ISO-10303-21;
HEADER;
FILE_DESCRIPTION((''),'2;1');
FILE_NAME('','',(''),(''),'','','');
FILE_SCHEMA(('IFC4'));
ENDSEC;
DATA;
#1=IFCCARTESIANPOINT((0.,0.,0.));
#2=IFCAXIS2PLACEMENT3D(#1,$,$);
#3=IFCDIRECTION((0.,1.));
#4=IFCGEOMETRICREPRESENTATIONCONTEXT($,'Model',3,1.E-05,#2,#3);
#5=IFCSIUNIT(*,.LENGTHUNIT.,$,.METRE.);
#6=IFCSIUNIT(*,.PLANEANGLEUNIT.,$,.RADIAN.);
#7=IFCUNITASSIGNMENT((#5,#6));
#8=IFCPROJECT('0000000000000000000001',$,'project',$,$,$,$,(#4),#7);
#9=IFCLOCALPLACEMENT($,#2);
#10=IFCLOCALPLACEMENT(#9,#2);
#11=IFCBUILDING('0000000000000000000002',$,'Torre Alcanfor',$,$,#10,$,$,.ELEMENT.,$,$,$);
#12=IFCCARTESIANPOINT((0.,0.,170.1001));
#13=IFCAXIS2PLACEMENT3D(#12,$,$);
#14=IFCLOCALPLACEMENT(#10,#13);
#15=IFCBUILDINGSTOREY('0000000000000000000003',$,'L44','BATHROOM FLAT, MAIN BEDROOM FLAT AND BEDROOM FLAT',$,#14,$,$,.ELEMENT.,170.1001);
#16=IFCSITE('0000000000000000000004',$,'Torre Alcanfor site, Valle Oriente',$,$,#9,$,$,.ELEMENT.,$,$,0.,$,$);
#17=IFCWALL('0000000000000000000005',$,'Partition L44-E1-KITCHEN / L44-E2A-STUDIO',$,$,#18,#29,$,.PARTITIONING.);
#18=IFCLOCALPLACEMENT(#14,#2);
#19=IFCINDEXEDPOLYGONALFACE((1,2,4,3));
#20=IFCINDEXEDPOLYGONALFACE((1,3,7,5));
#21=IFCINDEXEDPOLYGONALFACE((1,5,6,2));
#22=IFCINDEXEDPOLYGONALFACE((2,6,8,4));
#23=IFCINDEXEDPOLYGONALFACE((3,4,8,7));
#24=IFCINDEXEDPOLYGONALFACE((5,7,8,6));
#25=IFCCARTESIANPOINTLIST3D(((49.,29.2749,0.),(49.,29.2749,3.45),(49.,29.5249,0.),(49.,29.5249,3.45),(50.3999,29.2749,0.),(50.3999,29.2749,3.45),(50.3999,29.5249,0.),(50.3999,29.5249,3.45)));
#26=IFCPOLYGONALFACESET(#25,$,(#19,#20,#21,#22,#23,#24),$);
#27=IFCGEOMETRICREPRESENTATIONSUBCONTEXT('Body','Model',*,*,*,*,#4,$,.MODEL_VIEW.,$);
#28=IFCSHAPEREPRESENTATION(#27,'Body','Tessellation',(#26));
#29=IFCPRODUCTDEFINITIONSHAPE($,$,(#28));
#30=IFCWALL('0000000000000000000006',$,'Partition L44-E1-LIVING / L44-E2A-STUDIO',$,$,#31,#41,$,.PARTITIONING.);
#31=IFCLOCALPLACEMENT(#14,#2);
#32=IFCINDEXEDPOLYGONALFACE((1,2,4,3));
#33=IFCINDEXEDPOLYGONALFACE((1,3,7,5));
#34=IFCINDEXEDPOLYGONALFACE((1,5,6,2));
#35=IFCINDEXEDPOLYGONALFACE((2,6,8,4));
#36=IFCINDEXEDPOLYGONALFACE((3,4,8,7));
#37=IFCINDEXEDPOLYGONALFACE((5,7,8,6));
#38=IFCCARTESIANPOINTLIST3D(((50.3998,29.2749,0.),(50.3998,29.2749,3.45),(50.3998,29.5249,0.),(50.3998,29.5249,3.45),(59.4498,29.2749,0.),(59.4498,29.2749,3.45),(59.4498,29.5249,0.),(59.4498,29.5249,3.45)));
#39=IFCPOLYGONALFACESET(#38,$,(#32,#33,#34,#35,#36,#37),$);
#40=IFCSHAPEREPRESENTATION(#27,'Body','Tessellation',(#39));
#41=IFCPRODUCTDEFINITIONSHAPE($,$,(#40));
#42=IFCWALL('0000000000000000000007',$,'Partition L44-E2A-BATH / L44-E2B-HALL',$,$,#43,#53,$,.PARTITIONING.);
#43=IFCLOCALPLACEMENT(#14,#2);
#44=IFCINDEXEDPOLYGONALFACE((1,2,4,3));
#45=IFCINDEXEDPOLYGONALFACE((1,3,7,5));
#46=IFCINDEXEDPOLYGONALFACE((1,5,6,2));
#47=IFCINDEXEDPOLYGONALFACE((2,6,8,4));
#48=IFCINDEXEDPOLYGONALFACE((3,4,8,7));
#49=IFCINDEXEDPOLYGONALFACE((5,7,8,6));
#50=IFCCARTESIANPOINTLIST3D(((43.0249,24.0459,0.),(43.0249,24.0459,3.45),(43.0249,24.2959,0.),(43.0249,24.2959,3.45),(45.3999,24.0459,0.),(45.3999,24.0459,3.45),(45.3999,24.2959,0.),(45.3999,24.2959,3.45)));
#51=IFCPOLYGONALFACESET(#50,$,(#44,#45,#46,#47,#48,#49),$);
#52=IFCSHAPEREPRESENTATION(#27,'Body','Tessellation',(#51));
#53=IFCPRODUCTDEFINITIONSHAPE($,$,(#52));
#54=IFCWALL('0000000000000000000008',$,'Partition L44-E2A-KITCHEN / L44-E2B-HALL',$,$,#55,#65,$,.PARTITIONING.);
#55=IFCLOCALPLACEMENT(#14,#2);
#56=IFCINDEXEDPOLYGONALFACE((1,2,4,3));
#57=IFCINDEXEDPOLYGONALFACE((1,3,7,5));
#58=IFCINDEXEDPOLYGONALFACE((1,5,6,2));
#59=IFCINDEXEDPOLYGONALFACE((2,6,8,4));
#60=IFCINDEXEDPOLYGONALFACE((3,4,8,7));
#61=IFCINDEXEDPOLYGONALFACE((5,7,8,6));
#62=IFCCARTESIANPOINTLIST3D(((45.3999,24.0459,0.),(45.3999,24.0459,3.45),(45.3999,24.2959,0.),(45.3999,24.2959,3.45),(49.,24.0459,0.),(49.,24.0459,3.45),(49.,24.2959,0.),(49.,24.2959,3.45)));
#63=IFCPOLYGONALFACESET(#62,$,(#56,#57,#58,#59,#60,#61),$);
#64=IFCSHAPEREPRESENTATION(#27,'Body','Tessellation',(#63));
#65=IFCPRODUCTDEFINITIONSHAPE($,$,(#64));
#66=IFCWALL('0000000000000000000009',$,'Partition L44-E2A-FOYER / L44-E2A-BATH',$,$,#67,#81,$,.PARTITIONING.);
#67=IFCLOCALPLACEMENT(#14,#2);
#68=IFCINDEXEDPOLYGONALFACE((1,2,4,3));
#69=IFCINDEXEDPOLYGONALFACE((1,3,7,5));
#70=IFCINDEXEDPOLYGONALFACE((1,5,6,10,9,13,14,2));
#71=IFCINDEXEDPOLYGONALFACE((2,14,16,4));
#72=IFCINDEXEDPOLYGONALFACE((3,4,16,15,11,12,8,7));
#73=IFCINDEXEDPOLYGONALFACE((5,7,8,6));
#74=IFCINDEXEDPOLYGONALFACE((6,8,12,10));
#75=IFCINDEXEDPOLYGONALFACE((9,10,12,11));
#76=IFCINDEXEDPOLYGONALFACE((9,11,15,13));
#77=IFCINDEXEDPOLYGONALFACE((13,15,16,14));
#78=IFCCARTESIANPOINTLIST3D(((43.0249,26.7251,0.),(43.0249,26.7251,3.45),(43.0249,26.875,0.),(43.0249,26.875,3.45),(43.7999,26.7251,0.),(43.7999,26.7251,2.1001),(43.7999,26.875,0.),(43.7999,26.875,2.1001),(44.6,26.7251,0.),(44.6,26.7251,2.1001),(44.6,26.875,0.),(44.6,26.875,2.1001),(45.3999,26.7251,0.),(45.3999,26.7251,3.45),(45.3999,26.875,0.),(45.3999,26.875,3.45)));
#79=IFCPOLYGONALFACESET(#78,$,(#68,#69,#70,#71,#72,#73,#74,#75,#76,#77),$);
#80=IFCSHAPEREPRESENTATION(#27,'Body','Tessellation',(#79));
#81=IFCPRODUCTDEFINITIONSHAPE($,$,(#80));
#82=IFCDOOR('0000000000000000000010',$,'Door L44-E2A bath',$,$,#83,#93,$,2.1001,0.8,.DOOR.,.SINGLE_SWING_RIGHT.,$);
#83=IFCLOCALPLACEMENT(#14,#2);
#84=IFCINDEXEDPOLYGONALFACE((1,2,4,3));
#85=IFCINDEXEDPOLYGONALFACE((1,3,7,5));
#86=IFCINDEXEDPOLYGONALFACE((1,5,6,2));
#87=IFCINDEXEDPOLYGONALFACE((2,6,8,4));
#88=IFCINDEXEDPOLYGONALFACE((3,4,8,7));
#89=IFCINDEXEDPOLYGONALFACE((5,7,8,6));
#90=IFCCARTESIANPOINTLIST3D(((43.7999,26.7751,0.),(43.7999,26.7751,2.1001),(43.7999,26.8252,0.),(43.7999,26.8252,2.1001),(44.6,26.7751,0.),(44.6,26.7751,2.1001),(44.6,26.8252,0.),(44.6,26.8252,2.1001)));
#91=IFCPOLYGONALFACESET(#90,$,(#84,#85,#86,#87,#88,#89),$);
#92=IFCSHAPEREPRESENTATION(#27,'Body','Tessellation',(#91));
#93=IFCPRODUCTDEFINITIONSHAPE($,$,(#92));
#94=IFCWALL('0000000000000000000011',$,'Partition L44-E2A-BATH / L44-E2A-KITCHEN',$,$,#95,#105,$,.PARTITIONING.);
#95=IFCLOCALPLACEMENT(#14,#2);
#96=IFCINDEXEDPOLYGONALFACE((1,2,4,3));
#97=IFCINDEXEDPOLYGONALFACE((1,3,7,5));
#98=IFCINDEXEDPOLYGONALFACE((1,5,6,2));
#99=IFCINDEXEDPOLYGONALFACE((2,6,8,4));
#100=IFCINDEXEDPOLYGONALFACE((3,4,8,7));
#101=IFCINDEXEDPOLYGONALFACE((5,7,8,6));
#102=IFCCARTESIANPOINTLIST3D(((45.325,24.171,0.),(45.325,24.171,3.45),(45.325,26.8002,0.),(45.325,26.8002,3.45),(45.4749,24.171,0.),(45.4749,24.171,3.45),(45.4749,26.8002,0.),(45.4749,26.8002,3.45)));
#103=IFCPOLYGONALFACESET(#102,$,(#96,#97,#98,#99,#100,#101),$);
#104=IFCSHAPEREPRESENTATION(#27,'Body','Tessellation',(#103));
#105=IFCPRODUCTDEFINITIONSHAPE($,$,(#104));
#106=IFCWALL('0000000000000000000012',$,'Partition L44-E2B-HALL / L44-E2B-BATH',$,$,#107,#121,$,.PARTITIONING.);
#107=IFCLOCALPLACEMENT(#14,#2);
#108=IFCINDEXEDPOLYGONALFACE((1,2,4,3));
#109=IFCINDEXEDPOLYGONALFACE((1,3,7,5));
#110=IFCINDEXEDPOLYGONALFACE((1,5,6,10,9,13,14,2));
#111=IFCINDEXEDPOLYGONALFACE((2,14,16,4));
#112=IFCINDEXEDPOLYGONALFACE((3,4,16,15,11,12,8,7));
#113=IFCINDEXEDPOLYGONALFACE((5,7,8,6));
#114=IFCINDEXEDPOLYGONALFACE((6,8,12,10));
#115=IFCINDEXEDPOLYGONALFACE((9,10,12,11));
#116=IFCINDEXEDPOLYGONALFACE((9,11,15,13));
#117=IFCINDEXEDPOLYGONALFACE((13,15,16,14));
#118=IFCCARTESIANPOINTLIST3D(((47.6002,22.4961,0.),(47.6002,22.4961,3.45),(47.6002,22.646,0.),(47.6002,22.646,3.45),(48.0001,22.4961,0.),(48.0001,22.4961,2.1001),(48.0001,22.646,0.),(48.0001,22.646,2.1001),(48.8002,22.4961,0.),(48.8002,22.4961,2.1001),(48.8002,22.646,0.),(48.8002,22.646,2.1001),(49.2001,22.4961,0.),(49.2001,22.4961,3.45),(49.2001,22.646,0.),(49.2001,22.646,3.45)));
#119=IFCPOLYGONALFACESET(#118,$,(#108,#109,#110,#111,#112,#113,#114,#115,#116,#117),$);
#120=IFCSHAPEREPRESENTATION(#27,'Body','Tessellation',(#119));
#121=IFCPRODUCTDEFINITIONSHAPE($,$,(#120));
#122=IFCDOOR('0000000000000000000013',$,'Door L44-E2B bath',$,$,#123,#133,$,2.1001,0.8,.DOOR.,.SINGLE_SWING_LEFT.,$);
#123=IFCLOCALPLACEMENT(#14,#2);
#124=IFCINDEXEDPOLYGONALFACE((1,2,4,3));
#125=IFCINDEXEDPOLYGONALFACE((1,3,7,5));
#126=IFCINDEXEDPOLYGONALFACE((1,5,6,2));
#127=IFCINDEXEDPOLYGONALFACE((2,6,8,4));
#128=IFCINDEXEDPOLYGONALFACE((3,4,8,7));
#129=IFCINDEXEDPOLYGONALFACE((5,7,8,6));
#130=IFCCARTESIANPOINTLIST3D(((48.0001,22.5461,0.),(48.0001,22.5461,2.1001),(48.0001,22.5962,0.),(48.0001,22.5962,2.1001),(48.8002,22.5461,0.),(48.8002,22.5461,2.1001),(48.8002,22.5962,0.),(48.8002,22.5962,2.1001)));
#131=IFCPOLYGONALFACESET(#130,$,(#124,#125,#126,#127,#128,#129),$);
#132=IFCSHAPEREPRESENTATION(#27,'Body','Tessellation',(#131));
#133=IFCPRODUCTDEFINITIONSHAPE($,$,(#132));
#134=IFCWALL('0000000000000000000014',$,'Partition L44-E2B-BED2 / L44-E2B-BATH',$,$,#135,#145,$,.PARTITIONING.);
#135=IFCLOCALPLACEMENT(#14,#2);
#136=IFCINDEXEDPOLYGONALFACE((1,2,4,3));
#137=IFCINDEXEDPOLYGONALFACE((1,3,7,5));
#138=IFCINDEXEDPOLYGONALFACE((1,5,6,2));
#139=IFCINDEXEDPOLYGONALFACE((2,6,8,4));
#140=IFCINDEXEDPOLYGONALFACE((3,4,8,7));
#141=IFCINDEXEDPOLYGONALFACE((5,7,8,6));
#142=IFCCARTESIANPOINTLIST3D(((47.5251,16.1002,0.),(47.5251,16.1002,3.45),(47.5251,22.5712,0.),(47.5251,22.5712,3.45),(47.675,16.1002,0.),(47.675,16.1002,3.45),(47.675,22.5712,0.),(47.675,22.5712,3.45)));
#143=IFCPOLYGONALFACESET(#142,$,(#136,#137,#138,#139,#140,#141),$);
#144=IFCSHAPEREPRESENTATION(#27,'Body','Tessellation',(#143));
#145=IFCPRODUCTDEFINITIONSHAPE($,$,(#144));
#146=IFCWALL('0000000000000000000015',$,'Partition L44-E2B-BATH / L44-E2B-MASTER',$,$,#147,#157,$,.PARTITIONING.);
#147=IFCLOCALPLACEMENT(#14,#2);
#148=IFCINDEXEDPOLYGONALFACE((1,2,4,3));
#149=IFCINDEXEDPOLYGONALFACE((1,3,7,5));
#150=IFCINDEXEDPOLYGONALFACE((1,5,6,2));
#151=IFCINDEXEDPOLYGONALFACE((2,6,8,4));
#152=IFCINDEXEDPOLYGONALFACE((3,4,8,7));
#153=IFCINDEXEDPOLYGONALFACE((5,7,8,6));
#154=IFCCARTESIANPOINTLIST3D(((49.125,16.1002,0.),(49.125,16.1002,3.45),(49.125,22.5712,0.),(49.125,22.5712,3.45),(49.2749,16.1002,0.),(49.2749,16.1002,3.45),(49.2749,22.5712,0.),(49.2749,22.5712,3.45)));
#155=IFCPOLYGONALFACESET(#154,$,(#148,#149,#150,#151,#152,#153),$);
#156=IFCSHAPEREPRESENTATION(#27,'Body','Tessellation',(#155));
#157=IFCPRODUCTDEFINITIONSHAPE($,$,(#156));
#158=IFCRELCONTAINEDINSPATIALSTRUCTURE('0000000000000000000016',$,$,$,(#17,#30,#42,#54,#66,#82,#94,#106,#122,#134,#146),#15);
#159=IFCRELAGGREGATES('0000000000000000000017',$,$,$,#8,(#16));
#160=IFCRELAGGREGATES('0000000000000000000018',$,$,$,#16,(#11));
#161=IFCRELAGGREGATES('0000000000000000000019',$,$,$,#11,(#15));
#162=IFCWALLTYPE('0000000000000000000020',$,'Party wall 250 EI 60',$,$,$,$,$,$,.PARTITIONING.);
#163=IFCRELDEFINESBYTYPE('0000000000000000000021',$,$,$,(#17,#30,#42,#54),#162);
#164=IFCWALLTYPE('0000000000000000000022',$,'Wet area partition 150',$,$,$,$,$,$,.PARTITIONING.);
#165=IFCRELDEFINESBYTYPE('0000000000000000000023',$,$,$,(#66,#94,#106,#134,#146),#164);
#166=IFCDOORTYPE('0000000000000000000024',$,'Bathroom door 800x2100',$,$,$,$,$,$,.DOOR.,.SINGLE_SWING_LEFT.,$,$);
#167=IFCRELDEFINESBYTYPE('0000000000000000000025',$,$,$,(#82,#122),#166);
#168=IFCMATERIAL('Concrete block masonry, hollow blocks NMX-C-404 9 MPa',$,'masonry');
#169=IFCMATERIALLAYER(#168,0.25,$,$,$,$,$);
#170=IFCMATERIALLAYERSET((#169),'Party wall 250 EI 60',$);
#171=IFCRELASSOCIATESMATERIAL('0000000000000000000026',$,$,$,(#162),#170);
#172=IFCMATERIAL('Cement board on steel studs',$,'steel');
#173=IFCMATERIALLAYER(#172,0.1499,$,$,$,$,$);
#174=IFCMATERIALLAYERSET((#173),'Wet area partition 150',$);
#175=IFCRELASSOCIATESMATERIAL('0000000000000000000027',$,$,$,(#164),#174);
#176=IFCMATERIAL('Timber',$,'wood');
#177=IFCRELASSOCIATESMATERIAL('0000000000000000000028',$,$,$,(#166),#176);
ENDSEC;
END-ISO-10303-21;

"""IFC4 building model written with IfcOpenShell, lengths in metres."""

from ifc_helpers import new_model, si_unit, direction, frame, frame_2d, origin, place, context, subcontext, project, spatial, rectangle, extrude, material, layer, layer_set, type_object, element, fill, save


model = new_model("IFC4")

# Units and contexts
model_context = context("Model", 3, precision=1e-05, world=origin(), true_north=direction((0.0, 1.0)))
body_context = subcontext(model_context, "Body", "Model", "MODEL_VIEW")
ifc_project = project(units=[si_unit("LENGTHUNIT", "METRE"), si_unit("PLANEANGLEUNIT", "RADIAN")], contexts=[model_context])

# Site, building, storey
site_placement = place(None, origin())
site = spatial("IfcSite", under=ifc_project, at=site_placement, Name="Torre Alcanfor site, Valle Oriente", CompositionType="ELEMENT", RefElevation=0.0)
building_placement = place(site_placement, origin())
building = spatial("IfcBuilding", under=site, at=building_placement, Name="Torre Alcanfor", CompositionType="ELEMENT")
storey_placement = place(building_placement, frame((0.0, 0.0, 170.1001)))
storey = spatial("IfcBuildingStorey", under=building, at=storey_placement, Name="L44", Description="BATHROOM FLAT, MAIN BEDROOM FLAT AND BEDROOM FLAT", CompositionType="ELEMENT", Elevation=170.1001)

# Walls
ifc_material_1 = material(Name="Concrete block masonry, hollow blocks NMX-C-404 9 MPa", Category="masonry")
ifc_layer_1 = layer(ifc_material_1, 0.25)
ifc_layer_set_1 = layer_set([ifc_layer_1], Name="Party wall 250 EI 60")
wall_type_1 = type_object("IfcWallType", Name="Party wall 250 EI 60", PredefinedType="PARTITIONING", material=ifc_layer_set_1)
wall_1_placement = place(storey_placement, frame((49.0, 29.3999, 0.0), z_axis=(0.0, 0.0, 1.0), x_axis=(1.0, 0.0, 0.0)))
element("IfcWall", 1, at=wall_1_placement, inside=storey, type_object=wall_type_1, Name="Partition L44-E1-KITCHEN / L44-E2A-STUDIO", PredefinedType="PARTITIONING", context=body_context, shape_type="SweptSolid", body=[
    extrude(rectangle(XDim=1.3999, YDim=0.25, at=frame_2d((0.7, 0.0))), origin(), (0.0, 0.0, 1.0), 3.45),
])
wall_2_placement = place(storey_placement, frame((50.3999, 29.3999, 0.0), z_axis=(0.0, 0.0, 1.0), x_axis=(1.0, 0.0, 0.0)))
element("IfcWall", 2, at=wall_2_placement, inside=storey, type_object=wall_type_1, Name="Partition L44-E1-LIVING / L44-E2A-STUDIO", PredefinedType="PARTITIONING", context=body_context, shape_type="SweptSolid", body=[
    extrude(rectangle(XDim=9.05, YDim=0.25, at=frame_2d((4.5249, 0.0))), origin(), (0.0, 0.0, 1.0), 3.45),
])
wall_3_placement = place(storey_placement, frame((45.3999, 24.1709, 0.0), z_axis=(0.0, 0.0, 1.0), x_axis=(-1.0, 0.0, 0.0)))
element("IfcWall", 3, at=wall_3_placement, inside=storey, type_object=wall_type_1, Name="Partition L44-E2A-BATH / L44-E2B-HALL", PredefinedType="PARTITIONING", context=body_context, shape_type="SweptSolid", body=[
    extrude(rectangle(XDim=2.375, YDim=0.25, at=frame_2d((1.1875, 0.0))), origin(), (0.0, 0.0, 1.0), 3.45),
])
wall_4_placement = place(storey_placement, frame((49.0, 24.1709, 0.0), z_axis=(0.0, 0.0, 1.0), x_axis=(-1.0, 0.0, 0.0)))
element("IfcWall", 4, at=wall_4_placement, inside=storey, type_object=wall_type_1, Name="Partition L44-E2A-KITCHEN / L44-E2B-HALL", PredefinedType="PARTITIONING", context=body_context, shape_type="SweptSolid", body=[
    extrude(rectangle(XDim=3.6001, YDim=0.25, at=frame_2d((1.8, 0.0))), origin(), (0.0, 0.0, 1.0), 3.45),
])

# Wall, opening, door
ifc_material_2 = material(Name="Cement board on steel studs", Category="steel")
ifc_layer_2 = layer(ifc_material_2, 0.1499)
ifc_layer_set_2 = layer_set([ifc_layer_2], Name="Wet area partition 150")
wall_type_2 = type_object("IfcWallType", Name="Wet area partition 150", PredefinedType="PARTITIONING", material=ifc_layer_set_2)
wall_5_placement = place(storey_placement, frame((45.3999, 26.8, 0.0), z_axis=(0.0, 0.0, 1.0), x_axis=(-1.0, 0.0, 0.0)))
wall_5 = element("IfcWall", 5, at=wall_5_placement, inside=storey, type_object=wall_type_2, Name="Partition L44-E2A-FOYER / L44-E2A-BATH", PredefinedType="PARTITIONING", context=body_context, shape_type="SweptSolid", body=[
    extrude(rectangle(XDim=2.375, YDim=0.1499, at=frame_2d((1.1875, 0.0))), origin(), (0.0, 0.0, 1.0), 3.45),
])
opening_1_placement = place(wall_5_placement, frame((0.8, 0.0, 0.0)))
opening_1 = element("IfcOpeningElement", 6, at=opening_1_placement, cuts=wall_5, PredefinedType="OPENING", context=body_context, shape_type="SweptSolid", body=[
    extrude(rectangle(XDim=0.8, YDim=2.1001, at=frame_2d((0.3999, 1.05))), frame((0.0, 0.085, 0.0), z_axis=(0.0, -1.0, 0.0), x_axis=(1.0, 0.0, 0.0)), (0.0, 0.0, 1.0), 0.1699),
])
ifc_material_3 = material(Name="Timber", Category="wood")
door_type_1 = type_object("IfcDoorType", Name="Bathroom door 800x2100", OperationType="SINGLE_SWING_LEFT", PredefinedType="DOOR", material=ifc_material_3)
door_1_placement = place(opening_1_placement, origin())
door_1 = element("IfcDoor", 7, at=door_1_placement, inside=storey, type_object=door_type_1, Name="Door L44-E2A bath", OperationType="SINGLE_SWING_RIGHT", OverallHeight=2.1001, OverallWidth=0.8, PredefinedType="DOOR", context=body_context, shape_type="SweptSolid", body=[
    extrude(rectangle(XDim=0.8, YDim=2.1001, at=frame_2d((0.3999, 1.05))), frame((0.0, 0.0249, 0.0), z_axis=(0.0, -1.0, 0.0), x_axis=(1.0, 0.0, 0.0)), (0.0, 0.0, 1.0), 0.05),
])
fill(opening_1, door_1)

# Wall
wall_6_placement = place(storey_placement, frame((45.3999, 26.8, 0.0), z_axis=(0.0, 0.0, 1.0), x_axis=(0.0, -1.0, 0.0)))
element("IfcWall", 8, at=wall_6_placement, inside=storey, type_object=wall_type_2, Name="Partition L44-E2A-BATH / L44-E2A-KITCHEN", PredefinedType="PARTITIONING", context=body_context, shape_type="SweptSolid", body=[
    extrude(rectangle(XDim=2.6292, YDim=0.1499, at=frame_2d((1.3145, 0.0))), origin(), (0.0, 0.0, 1.0), 3.45),
])

# Wall, opening, door
wall_7_placement = place(storey_placement, frame((49.2, 22.571, 0.0), z_axis=(0.0, 0.0, 1.0), x_axis=(-1.0, 0.0, 0.0)))
wall_7 = element("IfcWall", 9, at=wall_7_placement, inside=storey, type_object=wall_type_2, Name="Partition L44-E2B-HALL / L44-E2B-BATH", PredefinedType="PARTITIONING", context=body_context, shape_type="SweptSolid", body=[
    extrude(rectangle(XDim=1.5999, YDim=0.1499, at=frame_2d((0.7998, 0.0))), origin(), (0.0, 0.0, 1.0), 3.45),
])
opening_2_placement = place(wall_7_placement, frame((0.3999, 0.0, 0.0)))
opening_2 = element("IfcOpeningElement", 10, at=opening_2_placement, cuts=wall_7, PredefinedType="OPENING", context=body_context, shape_type="SweptSolid", body=[
    extrude(rectangle(XDim=0.8, YDim=2.1001, at=frame_2d((0.3999, 1.05))), frame((0.0, 0.085, 0.0), z_axis=(0.0, -1.0, 0.0), x_axis=(1.0, 0.0, 0.0)), (0.0, 0.0, 1.0), 0.1699),
])
door_2_placement = place(opening_2_placement, origin())
door_2 = element("IfcDoor", 11, at=door_2_placement, inside=storey, type_object=door_type_1, Name="Door L44-E2B bath", OperationType="SINGLE_SWING_LEFT", OverallHeight=2.1001, OverallWidth=0.8, PredefinedType="DOOR", context=body_context, shape_type="SweptSolid", body=[
    extrude(rectangle(XDim=0.8, YDim=2.1001, at=frame_2d((0.3999, 1.05))), frame((0.0, 0.0249, 0.0), z_axis=(0.0, -1.0, 0.0), x_axis=(1.0, 0.0, 0.0)), (0.0, 0.0, 1.0), 0.05),
])
fill(opening_2, door_2)

# Walls
for number, where, z_axis, x_axis, name in (
    (12, (47.6001, 22.571, 0.0), (0.0, 0.0, 1.0), (0.0, -1.0, 0.0), "Partition L44-E2B-BED2 / L44-E2B-BATH"),
    (13, (49.2, 22.571, 0.0), (0.0, 0.0, 1.0), (0.0, -1.0, 0.0), "Partition L44-E2B-BATH / L44-E2B-MASTER"),
):
    element("IfcWall", number, at=place(storey_placement, frame(where, z_axis=z_axis, x_axis=x_axis)), inside=storey, type_object=wall_type_2, Name=name, PredefinedType="PARTITIONING", context=body_context, shape_type="SweptSolid", body=[
        extrude(rectangle(XDim=6.4709, YDim=0.1499, at=frame_2d((3.2354, 0.0))), origin(), (0.0, 0.0, 1.0), 3.45),
    ])

save(model, "model.ifc")
